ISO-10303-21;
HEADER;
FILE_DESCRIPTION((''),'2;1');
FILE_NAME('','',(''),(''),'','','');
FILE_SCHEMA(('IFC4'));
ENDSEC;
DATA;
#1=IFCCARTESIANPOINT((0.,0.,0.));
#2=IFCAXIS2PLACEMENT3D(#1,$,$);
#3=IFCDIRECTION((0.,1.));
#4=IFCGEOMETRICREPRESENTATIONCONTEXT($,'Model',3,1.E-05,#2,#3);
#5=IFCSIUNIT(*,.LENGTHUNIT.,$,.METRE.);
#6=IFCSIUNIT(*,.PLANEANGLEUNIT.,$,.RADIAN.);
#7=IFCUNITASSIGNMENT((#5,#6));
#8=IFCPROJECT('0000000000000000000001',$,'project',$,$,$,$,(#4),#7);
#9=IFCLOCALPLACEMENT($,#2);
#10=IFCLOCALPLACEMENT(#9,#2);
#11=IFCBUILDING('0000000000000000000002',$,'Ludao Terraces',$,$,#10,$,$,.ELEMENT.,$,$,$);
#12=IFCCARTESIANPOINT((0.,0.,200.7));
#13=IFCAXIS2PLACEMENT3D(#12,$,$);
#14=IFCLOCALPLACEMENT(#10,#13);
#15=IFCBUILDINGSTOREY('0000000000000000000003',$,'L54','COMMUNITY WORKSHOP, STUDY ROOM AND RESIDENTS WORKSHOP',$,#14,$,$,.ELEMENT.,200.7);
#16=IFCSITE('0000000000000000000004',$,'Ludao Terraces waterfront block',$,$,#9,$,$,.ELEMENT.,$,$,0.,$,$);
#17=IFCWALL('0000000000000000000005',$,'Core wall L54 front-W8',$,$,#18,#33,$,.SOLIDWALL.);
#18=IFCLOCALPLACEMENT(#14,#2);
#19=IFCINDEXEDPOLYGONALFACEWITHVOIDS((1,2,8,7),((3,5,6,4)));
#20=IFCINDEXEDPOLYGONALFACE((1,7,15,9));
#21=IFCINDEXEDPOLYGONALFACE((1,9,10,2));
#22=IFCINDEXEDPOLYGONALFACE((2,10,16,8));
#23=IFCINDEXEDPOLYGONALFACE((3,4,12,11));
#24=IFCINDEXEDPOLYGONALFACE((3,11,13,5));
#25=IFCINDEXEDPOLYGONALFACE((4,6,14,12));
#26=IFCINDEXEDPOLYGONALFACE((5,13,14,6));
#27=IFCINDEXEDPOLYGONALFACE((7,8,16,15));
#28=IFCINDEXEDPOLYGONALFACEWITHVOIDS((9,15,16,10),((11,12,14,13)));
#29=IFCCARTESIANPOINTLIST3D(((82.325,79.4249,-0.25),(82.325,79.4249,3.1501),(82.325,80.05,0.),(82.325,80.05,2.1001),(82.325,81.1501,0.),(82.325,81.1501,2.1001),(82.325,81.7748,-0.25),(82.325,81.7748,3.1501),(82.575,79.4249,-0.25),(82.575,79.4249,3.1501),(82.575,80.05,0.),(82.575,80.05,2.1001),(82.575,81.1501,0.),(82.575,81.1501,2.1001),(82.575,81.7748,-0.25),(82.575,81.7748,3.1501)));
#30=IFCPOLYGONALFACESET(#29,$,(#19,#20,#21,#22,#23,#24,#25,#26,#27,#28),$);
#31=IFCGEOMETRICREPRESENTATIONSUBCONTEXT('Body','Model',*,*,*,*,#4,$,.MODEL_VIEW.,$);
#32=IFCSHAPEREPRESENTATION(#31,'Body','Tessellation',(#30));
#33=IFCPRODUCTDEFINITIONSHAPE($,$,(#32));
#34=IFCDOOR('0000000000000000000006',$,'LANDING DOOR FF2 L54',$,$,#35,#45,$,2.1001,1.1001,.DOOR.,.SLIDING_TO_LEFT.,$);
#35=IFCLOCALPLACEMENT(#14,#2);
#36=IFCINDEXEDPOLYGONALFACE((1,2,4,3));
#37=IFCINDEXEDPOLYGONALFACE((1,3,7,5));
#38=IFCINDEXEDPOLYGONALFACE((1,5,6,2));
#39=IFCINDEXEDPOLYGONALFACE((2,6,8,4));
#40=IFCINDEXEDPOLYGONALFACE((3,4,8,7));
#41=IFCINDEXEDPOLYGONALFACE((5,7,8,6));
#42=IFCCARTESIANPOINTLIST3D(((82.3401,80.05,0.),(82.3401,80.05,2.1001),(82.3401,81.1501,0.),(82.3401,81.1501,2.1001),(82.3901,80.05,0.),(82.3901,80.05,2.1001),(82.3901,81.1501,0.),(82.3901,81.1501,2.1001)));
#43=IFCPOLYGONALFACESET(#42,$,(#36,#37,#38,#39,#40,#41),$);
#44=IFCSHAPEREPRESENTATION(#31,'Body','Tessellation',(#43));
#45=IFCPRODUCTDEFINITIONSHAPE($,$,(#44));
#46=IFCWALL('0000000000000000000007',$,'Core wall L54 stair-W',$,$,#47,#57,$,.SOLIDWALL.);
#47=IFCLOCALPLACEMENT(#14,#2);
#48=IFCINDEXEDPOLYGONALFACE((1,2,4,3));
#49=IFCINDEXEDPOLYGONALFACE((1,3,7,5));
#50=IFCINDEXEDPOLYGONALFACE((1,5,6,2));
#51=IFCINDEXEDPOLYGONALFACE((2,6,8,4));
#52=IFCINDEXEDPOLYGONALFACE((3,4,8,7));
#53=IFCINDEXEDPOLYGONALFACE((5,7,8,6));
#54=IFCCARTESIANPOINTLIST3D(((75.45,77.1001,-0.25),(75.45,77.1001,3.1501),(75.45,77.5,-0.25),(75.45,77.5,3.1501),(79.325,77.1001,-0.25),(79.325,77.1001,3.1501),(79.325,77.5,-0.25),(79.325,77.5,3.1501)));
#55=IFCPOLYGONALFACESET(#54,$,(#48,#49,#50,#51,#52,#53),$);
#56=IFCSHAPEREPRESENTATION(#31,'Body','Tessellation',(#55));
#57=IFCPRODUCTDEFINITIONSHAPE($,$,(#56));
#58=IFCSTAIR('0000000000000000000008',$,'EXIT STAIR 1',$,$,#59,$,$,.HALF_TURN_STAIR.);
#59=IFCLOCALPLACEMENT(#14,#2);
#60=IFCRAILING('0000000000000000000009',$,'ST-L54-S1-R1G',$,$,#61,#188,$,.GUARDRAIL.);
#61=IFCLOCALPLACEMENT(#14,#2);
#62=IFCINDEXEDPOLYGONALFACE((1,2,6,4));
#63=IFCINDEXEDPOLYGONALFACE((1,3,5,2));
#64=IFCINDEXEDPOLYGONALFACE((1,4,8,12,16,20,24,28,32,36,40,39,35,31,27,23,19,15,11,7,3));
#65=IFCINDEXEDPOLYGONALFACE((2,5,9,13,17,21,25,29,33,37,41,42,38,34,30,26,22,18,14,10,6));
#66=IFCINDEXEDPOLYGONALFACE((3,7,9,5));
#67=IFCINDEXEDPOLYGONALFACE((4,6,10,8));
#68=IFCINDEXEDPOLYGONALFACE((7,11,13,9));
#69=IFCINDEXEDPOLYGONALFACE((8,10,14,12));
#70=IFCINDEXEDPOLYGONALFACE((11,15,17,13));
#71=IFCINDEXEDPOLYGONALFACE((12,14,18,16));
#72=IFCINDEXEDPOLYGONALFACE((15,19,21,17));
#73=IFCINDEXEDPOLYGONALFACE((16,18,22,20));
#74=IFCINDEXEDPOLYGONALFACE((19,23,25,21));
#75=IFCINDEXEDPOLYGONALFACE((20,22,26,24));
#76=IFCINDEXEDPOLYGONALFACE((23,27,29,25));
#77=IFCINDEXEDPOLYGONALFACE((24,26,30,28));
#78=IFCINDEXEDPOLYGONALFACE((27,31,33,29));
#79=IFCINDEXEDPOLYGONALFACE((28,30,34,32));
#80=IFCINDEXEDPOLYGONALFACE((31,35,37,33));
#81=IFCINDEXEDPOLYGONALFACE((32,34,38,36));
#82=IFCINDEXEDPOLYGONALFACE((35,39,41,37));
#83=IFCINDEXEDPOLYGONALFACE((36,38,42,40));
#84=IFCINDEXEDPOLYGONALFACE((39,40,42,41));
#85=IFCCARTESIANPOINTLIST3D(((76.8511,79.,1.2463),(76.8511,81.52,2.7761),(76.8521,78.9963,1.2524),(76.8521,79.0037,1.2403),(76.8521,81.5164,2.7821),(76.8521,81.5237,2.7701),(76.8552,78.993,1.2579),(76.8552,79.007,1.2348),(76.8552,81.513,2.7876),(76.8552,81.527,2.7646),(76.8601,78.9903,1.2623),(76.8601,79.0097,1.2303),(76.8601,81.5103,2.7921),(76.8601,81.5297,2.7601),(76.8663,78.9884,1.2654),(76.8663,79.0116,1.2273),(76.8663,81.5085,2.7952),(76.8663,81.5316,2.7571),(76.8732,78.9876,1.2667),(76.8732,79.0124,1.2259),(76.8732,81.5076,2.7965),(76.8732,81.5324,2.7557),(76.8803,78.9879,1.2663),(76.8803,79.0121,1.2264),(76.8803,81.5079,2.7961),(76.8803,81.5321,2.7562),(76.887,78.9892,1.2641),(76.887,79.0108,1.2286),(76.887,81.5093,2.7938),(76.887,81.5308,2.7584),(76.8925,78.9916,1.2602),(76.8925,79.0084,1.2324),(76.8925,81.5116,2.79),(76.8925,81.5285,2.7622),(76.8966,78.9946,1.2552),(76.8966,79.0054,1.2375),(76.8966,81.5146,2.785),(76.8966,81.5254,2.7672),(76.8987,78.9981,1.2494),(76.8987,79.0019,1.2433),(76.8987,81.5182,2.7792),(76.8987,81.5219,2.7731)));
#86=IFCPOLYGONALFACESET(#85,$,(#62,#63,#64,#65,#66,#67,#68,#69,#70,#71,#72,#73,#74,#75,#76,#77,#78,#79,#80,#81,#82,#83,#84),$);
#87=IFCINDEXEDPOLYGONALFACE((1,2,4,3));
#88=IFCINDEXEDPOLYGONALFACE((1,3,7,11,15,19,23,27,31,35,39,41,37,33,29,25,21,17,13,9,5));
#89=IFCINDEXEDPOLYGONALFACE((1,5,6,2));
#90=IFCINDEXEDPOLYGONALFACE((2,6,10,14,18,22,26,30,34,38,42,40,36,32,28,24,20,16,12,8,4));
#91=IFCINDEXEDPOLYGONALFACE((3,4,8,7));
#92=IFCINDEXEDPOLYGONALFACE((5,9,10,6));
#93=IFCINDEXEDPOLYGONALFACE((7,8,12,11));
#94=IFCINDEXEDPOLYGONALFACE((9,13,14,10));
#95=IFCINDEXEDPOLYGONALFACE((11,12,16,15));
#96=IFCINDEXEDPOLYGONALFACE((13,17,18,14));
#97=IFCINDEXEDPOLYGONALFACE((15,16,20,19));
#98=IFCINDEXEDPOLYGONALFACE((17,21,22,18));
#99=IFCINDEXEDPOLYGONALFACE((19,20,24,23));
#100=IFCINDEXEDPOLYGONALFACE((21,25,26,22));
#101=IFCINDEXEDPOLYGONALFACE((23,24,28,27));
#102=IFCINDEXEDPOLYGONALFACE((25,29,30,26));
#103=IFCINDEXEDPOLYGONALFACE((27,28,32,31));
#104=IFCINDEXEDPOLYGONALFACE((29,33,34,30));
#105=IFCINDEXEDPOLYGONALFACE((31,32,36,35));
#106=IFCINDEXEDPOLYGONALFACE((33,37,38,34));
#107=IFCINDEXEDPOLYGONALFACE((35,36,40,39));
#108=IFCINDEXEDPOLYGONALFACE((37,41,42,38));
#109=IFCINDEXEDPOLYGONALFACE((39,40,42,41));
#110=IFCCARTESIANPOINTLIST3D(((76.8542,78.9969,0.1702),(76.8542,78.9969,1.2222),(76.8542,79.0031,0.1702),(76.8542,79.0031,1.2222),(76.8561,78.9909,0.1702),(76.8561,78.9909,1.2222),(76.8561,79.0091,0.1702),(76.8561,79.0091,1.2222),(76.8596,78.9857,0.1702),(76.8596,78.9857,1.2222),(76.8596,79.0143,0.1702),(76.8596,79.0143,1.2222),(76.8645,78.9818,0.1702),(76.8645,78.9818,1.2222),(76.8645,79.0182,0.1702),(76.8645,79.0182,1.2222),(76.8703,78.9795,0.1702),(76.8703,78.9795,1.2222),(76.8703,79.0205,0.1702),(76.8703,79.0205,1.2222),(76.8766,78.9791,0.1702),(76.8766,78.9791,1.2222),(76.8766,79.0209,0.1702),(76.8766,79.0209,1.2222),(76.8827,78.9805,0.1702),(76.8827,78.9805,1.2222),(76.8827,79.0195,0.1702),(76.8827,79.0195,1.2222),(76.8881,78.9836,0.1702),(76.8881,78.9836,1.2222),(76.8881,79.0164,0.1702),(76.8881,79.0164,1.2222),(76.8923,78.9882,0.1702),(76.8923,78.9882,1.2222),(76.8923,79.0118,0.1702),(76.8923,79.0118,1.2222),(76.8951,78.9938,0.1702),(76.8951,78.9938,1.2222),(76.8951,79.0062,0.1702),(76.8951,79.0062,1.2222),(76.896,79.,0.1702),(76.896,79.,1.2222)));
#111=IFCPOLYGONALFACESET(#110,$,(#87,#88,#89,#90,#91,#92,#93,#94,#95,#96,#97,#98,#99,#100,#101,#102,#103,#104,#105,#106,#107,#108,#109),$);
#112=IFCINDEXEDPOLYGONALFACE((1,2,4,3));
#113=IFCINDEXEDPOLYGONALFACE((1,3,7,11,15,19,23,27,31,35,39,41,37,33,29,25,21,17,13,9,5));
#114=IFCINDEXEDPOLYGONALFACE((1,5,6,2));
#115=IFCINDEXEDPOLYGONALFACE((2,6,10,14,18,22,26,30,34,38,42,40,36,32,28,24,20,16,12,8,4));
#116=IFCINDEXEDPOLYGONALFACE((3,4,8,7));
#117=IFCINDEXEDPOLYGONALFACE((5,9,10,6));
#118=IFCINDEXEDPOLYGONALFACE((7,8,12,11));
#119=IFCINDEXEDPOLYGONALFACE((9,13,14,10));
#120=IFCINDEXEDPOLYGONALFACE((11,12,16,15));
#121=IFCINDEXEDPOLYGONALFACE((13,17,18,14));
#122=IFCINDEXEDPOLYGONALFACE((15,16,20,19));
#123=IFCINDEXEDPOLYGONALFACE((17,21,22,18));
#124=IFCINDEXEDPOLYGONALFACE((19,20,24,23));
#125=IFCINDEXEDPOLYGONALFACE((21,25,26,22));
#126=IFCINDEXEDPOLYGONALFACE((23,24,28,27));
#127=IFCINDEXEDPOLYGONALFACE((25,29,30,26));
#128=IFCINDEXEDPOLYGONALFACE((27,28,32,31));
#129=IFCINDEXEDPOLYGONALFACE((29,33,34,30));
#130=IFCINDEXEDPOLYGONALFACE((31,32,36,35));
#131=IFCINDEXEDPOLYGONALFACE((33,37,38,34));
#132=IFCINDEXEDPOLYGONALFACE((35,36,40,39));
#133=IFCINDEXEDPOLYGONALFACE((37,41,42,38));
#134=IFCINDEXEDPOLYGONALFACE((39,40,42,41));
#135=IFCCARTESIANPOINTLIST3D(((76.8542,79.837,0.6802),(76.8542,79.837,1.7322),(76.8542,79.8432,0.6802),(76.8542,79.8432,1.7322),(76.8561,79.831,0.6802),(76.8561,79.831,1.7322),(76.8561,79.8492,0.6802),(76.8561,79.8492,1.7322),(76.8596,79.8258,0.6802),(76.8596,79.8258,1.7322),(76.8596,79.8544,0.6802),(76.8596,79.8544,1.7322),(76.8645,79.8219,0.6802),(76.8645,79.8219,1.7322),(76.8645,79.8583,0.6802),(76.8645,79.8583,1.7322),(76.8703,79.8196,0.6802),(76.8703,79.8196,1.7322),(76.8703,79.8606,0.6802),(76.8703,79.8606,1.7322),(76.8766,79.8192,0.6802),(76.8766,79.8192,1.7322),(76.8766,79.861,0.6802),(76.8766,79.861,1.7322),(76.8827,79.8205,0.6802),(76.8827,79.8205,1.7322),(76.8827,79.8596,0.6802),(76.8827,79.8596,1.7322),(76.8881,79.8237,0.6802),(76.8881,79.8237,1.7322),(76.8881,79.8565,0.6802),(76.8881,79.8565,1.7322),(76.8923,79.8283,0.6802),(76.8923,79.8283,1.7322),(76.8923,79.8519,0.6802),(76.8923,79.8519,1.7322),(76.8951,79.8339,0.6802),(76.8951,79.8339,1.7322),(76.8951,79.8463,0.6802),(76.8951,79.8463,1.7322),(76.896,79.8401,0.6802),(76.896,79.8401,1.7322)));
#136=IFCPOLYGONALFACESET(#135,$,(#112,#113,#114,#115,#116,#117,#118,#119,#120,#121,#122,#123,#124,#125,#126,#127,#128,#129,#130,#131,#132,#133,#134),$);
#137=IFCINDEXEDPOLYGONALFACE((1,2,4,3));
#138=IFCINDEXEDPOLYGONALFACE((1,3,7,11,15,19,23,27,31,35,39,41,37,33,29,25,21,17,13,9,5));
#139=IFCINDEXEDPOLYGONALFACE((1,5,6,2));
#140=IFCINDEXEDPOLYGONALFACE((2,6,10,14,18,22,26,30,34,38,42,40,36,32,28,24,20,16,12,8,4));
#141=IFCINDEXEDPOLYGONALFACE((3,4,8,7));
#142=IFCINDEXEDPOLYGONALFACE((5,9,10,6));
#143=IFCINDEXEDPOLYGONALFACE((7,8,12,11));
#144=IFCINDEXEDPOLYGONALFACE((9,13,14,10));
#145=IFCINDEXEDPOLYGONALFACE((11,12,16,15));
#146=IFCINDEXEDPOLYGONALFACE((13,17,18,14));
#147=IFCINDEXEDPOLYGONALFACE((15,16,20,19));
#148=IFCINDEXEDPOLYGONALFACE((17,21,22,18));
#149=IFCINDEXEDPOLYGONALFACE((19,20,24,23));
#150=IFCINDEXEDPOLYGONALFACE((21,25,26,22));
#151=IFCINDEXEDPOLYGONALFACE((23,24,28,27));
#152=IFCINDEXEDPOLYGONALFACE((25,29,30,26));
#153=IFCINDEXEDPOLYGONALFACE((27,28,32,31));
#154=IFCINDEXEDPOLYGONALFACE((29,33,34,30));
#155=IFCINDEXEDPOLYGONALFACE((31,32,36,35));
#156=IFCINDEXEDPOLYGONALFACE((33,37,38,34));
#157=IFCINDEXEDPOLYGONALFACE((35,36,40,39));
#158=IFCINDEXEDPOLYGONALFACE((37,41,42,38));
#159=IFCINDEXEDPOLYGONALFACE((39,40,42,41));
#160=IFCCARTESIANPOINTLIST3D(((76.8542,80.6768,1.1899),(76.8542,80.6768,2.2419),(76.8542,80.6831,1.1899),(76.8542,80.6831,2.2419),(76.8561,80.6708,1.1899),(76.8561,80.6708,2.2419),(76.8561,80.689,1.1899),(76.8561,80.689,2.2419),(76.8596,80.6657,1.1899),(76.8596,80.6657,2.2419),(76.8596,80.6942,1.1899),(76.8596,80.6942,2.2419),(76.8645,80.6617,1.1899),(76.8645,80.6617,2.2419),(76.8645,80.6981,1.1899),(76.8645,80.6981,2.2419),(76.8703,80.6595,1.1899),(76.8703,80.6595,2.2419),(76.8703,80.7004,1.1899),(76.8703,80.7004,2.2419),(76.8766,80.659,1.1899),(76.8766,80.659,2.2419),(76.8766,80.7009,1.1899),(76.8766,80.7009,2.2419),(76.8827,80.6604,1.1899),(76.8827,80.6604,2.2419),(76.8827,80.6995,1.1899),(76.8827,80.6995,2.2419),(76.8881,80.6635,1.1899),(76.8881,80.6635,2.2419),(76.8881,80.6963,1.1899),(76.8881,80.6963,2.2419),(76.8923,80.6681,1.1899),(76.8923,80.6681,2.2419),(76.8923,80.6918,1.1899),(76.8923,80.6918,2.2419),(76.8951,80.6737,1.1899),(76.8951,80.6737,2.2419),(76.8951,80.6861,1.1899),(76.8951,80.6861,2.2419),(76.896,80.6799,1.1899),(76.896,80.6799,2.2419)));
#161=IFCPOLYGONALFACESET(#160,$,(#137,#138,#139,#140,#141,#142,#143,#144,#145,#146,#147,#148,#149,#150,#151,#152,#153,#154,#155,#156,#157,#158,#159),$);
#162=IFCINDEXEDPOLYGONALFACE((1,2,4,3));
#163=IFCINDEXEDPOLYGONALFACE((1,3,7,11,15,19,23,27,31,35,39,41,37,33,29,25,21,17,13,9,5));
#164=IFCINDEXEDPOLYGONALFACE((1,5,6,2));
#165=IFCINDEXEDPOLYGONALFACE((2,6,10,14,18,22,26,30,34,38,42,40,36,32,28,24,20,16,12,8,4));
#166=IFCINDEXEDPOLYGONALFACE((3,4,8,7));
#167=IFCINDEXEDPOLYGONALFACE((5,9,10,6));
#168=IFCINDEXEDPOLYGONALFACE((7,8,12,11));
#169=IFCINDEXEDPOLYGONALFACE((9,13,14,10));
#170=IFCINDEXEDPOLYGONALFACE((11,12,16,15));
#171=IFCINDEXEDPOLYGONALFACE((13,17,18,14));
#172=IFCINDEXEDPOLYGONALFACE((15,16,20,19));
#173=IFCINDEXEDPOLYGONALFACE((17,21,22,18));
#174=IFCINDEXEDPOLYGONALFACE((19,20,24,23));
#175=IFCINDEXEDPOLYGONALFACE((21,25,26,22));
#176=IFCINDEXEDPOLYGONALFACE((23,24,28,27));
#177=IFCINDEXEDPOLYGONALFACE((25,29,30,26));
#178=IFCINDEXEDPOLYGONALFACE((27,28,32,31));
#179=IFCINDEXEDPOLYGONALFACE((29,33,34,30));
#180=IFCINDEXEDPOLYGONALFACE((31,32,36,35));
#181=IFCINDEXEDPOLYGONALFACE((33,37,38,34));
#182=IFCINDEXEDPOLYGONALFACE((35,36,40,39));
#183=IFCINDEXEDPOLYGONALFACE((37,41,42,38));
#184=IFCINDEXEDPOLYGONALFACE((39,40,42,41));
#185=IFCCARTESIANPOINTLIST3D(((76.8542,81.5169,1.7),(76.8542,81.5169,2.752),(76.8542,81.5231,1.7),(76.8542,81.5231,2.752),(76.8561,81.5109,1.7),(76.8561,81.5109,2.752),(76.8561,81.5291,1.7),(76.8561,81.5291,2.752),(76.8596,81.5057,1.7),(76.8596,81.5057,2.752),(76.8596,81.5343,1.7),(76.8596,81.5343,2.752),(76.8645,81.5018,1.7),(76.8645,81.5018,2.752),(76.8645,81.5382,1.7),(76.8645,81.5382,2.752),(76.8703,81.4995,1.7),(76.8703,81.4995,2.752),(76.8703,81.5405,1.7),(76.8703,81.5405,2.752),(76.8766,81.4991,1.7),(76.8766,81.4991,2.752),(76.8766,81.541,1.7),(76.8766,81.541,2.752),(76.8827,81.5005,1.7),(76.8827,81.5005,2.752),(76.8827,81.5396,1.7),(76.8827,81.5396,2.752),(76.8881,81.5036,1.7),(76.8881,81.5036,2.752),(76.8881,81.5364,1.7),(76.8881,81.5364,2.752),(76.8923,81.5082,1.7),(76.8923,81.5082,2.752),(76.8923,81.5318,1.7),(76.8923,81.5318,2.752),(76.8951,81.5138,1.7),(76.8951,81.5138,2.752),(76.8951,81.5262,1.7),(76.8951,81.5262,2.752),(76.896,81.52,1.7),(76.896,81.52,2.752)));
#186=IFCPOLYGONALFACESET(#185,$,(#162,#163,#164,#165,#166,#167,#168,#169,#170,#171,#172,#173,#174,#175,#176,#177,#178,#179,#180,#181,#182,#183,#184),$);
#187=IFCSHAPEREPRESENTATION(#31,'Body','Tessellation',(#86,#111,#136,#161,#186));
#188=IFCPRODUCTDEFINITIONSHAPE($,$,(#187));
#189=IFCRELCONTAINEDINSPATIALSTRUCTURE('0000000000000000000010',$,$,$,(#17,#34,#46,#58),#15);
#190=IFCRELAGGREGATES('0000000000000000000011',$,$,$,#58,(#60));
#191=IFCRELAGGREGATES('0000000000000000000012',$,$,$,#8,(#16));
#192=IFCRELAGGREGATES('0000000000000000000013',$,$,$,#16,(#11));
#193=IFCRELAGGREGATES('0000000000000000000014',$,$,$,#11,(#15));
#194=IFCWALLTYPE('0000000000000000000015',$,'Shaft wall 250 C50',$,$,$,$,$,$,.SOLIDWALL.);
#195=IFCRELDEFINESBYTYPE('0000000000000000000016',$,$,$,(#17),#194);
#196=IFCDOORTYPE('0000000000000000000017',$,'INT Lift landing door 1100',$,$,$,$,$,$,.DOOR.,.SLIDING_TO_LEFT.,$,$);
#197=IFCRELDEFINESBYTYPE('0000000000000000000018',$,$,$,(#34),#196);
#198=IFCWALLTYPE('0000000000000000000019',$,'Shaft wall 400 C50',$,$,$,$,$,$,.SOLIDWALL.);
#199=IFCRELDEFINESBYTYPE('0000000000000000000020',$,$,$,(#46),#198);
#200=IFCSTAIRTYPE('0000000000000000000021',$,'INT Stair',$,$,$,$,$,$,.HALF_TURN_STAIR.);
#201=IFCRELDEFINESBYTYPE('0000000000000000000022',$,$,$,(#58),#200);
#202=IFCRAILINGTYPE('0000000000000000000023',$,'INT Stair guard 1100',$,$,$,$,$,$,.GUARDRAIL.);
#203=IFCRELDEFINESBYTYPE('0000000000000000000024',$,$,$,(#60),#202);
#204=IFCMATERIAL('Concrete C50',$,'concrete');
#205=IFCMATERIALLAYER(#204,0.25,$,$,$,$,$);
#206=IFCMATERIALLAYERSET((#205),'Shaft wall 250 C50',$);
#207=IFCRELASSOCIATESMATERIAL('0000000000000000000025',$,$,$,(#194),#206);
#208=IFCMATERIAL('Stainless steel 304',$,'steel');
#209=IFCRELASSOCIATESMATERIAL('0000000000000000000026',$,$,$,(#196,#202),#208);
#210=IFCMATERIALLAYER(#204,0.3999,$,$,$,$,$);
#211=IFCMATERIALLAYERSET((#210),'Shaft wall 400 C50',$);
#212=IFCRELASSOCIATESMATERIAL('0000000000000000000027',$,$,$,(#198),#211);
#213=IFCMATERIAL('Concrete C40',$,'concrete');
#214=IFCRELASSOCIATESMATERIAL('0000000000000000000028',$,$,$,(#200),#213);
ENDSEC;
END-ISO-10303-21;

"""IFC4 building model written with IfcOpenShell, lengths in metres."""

from ifc_helpers import new_model, si_unit, direction, frame, frame_2d, origin, origin_2d, place, context, subcontext, project, spatial, rectangle, circle, extrude, material, layer, layer_set, type_object, element, fill, aggregate, save


model = new_model("IFC4")

# Units and contexts
model_context = context("Model", 3, precision=1e-05, world=origin(), true_north=direction((0.0, 1.0)))
body_context = subcontext(model_context, "Body", "Model", "MODEL_VIEW")
ifc_project = project(units=[si_unit("LENGTHUNIT", "METRE"), si_unit("PLANEANGLEUNIT", "RADIAN")], contexts=[model_context])

# Site, building, storey
site_placement = place(None, origin())
site = spatial("IfcSite", under=ifc_project, at=site_placement, Name="Ludao Terraces waterfront block", CompositionType="ELEMENT", RefElevation=0.0)
building_placement = place(site_placement, origin())
building = spatial("IfcBuilding", under=site, at=building_placement, Name="Ludao Terraces", CompositionType="ELEMENT")
storey_placement = place(building_placement, frame((0.0, 0.0, 200.7)))
storey = spatial("IfcBuildingStorey", under=building, at=storey_placement, Name="L54", Description="COMMUNITY WORKSHOP, STUDY ROOM AND RESIDENTS WORKSHOP", CompositionType="ELEMENT", Elevation=200.7)

# Shared definitions
ifc_material_1 = material(Name="Concrete C40", Category="concrete")

# Shared definitions
ifc_material_2 = material(Name="Concrete C50", Category="concrete")

# Shared definitions
ifc_layer_1 = layer(ifc_material_2, 0.25)
ifc_layer_set_1 = layer_set([ifc_layer_1], Name="Shaft wall 250 C50")
wall_type_1 = type_object("IfcWallType", Name="Shaft wall 250 C50", PredefinedType="SOLIDWALL", material=ifc_layer_set_1)

# Shared definitions
ifc_material_3 = material(Name="Stainless steel 304", Category="steel")
door_type_1 = type_object("IfcDoorType", Name="INT Lift landing door 1100", OperationType="SLIDING_TO_LEFT", PredefinedType="DOOR", material=ifc_material_3)

# Wall, opening, door
wall_1_placement = place(storey_placement, frame((82.45, 79.425, -0.25), z_axis=(0.0, 0.0, 1.0), x_axis=(0.0, 1.0, 0.0)))
wall_1 = element("IfcWall", 1, at=wall_1_placement, inside=storey, type_object=wall_type_1, Name="Core wall L54 front-W8", PredefinedType="SOLIDWALL", context=body_context, shape_type="SweptSolid", body=[
    extrude(rectangle(XDim=2.3499, YDim=0.25, at=frame_2d((1.1748, 0.0))), origin(), (0.0, 0.0, 1.0), 3.4001),
])
opening_1_placement = place(wall_1_placement, frame((0.625, 0.0, 0.25)))
opening_1 = element("IfcOpeningElement", 2, at=opening_1_placement, cuts=wall_1, PredefinedType="OPENING", context=body_context, shape_type="SweptSolid", body=[
    extrude(rectangle(XDim=1.1001, YDim=2.1001, at=frame_2d((0.55, 1.05))), frame((0.0, 0.135, 0.0), z_axis=(0.0, -1.0, 0.0), x_axis=(1.0, 0.0, 0.0)), (0.0, 0.0, 1.0), 0.27),
])
door_1_placement = place(opening_1_placement, origin())
door_1 = element("IfcDoor", 3, at=door_1_placement, inside=storey, type_object=door_type_1, Name="LANDING DOOR FF2 L54", OperationType="SLIDING_TO_LEFT", OverallHeight=2.1001, OverallWidth=1.1001, PredefinedType="DOOR", context=body_context, shape_type="SweptSolid", body=[
    extrude(rectangle(XDim=1.1001, YDim=2.1001, at=frame_2d((0.55, 1.05))), frame((0.0, 0.1099, 0.0), z_axis=(0.0, -1.0, 0.0), x_axis=(1.0, 0.0, 0.0)), (0.0, 0.0, 1.0), 0.05),
])
fill(opening_1, door_1)

# Wall
ifc_layer_2 = layer(ifc_material_2, 0.3999)
ifc_layer_set_2 = layer_set([ifc_layer_2], Name="Shaft wall 400 C50")
wall_type_2 = type_object("IfcWallType", Name="Shaft wall 400 C50", PredefinedType="SOLIDWALL", material=ifc_layer_set_2)
wall_2_placement = place(storey_placement, frame((75.45, 77.3, -0.25), z_axis=(0.0, 0.0, 1.0), x_axis=(1.0, 0.0, 0.0)))
element("IfcWall", 4, at=wall_2_placement, inside=storey, type_object=wall_type_2, Name="Core wall L54 stair-W", PredefinedType="SOLIDWALL", context=body_context, shape_type="SweptSolid", body=[
    extrude(rectangle(XDim=3.875, YDim=0.3999, at=frame_2d((1.9375, 0.0))), origin(), (0.0, 0.0, 1.0), 3.4001),
])

# Stair, railing
stair_type = type_object("IfcStairType", Name="INT Stair", PredefinedType="HALF_TURN_STAIR", material=ifc_material_1)
stair_placement = place(storey_placement, origin())
stair = element("IfcStair", 5, at=stair_placement, inside=storey, type_object=stair_type, Name="EXIT STAIR 1", PredefinedType="HALF_TURN_STAIR")
railing_type_1 = type_object("IfcRailingType", Name="INT Stair guard 1100", PredefinedType="GUARDRAIL", material=ifc_material_3)
railing_1_placement = place(storey_placement, frame((76.875, 79.0, 0.1702)))
railing_1 = element("IfcRailing", 6, at=railing_1_placement, type_object=railing_type_1, Name="ST-L54-S1-R1G", PredefinedType="GUARDRAIL", context=body_context, shape_type="SweptSolid", body=[
    extrude(circle(Radius=0.0239, at=origin_2d()), frame((0.0, 0.0, 1.0762), z_axis=(0.0, 0.854822, 0.518922), x_axis=(-1.0, 0.0, 0.0)), (0.0, 0.0, 1.0), 2.948),
    extrude(circle(Radius=0.021, at=origin_2d()), origin(), (0.0, 0.0, 1.0), 1.052),
    extrude(circle(Radius=0.021, at=origin_2d()), frame((0.0, 0.8401, 0.51)), (0.0, 0.0, 1.0), 1.052),
    extrude(circle(Radius=0.021, at=origin_2d()), frame((0.0, 1.6799, 1.0198)), (0.0, 0.0, 1.0), 1.052),
    extrude(circle(Radius=0.021, at=origin_2d()), frame((0.0, 2.52, 1.5298)), (0.0, 0.0, 1.0), 1.052),
])
aggregate(stair, [railing_1])

save(model, "model.ifc")
